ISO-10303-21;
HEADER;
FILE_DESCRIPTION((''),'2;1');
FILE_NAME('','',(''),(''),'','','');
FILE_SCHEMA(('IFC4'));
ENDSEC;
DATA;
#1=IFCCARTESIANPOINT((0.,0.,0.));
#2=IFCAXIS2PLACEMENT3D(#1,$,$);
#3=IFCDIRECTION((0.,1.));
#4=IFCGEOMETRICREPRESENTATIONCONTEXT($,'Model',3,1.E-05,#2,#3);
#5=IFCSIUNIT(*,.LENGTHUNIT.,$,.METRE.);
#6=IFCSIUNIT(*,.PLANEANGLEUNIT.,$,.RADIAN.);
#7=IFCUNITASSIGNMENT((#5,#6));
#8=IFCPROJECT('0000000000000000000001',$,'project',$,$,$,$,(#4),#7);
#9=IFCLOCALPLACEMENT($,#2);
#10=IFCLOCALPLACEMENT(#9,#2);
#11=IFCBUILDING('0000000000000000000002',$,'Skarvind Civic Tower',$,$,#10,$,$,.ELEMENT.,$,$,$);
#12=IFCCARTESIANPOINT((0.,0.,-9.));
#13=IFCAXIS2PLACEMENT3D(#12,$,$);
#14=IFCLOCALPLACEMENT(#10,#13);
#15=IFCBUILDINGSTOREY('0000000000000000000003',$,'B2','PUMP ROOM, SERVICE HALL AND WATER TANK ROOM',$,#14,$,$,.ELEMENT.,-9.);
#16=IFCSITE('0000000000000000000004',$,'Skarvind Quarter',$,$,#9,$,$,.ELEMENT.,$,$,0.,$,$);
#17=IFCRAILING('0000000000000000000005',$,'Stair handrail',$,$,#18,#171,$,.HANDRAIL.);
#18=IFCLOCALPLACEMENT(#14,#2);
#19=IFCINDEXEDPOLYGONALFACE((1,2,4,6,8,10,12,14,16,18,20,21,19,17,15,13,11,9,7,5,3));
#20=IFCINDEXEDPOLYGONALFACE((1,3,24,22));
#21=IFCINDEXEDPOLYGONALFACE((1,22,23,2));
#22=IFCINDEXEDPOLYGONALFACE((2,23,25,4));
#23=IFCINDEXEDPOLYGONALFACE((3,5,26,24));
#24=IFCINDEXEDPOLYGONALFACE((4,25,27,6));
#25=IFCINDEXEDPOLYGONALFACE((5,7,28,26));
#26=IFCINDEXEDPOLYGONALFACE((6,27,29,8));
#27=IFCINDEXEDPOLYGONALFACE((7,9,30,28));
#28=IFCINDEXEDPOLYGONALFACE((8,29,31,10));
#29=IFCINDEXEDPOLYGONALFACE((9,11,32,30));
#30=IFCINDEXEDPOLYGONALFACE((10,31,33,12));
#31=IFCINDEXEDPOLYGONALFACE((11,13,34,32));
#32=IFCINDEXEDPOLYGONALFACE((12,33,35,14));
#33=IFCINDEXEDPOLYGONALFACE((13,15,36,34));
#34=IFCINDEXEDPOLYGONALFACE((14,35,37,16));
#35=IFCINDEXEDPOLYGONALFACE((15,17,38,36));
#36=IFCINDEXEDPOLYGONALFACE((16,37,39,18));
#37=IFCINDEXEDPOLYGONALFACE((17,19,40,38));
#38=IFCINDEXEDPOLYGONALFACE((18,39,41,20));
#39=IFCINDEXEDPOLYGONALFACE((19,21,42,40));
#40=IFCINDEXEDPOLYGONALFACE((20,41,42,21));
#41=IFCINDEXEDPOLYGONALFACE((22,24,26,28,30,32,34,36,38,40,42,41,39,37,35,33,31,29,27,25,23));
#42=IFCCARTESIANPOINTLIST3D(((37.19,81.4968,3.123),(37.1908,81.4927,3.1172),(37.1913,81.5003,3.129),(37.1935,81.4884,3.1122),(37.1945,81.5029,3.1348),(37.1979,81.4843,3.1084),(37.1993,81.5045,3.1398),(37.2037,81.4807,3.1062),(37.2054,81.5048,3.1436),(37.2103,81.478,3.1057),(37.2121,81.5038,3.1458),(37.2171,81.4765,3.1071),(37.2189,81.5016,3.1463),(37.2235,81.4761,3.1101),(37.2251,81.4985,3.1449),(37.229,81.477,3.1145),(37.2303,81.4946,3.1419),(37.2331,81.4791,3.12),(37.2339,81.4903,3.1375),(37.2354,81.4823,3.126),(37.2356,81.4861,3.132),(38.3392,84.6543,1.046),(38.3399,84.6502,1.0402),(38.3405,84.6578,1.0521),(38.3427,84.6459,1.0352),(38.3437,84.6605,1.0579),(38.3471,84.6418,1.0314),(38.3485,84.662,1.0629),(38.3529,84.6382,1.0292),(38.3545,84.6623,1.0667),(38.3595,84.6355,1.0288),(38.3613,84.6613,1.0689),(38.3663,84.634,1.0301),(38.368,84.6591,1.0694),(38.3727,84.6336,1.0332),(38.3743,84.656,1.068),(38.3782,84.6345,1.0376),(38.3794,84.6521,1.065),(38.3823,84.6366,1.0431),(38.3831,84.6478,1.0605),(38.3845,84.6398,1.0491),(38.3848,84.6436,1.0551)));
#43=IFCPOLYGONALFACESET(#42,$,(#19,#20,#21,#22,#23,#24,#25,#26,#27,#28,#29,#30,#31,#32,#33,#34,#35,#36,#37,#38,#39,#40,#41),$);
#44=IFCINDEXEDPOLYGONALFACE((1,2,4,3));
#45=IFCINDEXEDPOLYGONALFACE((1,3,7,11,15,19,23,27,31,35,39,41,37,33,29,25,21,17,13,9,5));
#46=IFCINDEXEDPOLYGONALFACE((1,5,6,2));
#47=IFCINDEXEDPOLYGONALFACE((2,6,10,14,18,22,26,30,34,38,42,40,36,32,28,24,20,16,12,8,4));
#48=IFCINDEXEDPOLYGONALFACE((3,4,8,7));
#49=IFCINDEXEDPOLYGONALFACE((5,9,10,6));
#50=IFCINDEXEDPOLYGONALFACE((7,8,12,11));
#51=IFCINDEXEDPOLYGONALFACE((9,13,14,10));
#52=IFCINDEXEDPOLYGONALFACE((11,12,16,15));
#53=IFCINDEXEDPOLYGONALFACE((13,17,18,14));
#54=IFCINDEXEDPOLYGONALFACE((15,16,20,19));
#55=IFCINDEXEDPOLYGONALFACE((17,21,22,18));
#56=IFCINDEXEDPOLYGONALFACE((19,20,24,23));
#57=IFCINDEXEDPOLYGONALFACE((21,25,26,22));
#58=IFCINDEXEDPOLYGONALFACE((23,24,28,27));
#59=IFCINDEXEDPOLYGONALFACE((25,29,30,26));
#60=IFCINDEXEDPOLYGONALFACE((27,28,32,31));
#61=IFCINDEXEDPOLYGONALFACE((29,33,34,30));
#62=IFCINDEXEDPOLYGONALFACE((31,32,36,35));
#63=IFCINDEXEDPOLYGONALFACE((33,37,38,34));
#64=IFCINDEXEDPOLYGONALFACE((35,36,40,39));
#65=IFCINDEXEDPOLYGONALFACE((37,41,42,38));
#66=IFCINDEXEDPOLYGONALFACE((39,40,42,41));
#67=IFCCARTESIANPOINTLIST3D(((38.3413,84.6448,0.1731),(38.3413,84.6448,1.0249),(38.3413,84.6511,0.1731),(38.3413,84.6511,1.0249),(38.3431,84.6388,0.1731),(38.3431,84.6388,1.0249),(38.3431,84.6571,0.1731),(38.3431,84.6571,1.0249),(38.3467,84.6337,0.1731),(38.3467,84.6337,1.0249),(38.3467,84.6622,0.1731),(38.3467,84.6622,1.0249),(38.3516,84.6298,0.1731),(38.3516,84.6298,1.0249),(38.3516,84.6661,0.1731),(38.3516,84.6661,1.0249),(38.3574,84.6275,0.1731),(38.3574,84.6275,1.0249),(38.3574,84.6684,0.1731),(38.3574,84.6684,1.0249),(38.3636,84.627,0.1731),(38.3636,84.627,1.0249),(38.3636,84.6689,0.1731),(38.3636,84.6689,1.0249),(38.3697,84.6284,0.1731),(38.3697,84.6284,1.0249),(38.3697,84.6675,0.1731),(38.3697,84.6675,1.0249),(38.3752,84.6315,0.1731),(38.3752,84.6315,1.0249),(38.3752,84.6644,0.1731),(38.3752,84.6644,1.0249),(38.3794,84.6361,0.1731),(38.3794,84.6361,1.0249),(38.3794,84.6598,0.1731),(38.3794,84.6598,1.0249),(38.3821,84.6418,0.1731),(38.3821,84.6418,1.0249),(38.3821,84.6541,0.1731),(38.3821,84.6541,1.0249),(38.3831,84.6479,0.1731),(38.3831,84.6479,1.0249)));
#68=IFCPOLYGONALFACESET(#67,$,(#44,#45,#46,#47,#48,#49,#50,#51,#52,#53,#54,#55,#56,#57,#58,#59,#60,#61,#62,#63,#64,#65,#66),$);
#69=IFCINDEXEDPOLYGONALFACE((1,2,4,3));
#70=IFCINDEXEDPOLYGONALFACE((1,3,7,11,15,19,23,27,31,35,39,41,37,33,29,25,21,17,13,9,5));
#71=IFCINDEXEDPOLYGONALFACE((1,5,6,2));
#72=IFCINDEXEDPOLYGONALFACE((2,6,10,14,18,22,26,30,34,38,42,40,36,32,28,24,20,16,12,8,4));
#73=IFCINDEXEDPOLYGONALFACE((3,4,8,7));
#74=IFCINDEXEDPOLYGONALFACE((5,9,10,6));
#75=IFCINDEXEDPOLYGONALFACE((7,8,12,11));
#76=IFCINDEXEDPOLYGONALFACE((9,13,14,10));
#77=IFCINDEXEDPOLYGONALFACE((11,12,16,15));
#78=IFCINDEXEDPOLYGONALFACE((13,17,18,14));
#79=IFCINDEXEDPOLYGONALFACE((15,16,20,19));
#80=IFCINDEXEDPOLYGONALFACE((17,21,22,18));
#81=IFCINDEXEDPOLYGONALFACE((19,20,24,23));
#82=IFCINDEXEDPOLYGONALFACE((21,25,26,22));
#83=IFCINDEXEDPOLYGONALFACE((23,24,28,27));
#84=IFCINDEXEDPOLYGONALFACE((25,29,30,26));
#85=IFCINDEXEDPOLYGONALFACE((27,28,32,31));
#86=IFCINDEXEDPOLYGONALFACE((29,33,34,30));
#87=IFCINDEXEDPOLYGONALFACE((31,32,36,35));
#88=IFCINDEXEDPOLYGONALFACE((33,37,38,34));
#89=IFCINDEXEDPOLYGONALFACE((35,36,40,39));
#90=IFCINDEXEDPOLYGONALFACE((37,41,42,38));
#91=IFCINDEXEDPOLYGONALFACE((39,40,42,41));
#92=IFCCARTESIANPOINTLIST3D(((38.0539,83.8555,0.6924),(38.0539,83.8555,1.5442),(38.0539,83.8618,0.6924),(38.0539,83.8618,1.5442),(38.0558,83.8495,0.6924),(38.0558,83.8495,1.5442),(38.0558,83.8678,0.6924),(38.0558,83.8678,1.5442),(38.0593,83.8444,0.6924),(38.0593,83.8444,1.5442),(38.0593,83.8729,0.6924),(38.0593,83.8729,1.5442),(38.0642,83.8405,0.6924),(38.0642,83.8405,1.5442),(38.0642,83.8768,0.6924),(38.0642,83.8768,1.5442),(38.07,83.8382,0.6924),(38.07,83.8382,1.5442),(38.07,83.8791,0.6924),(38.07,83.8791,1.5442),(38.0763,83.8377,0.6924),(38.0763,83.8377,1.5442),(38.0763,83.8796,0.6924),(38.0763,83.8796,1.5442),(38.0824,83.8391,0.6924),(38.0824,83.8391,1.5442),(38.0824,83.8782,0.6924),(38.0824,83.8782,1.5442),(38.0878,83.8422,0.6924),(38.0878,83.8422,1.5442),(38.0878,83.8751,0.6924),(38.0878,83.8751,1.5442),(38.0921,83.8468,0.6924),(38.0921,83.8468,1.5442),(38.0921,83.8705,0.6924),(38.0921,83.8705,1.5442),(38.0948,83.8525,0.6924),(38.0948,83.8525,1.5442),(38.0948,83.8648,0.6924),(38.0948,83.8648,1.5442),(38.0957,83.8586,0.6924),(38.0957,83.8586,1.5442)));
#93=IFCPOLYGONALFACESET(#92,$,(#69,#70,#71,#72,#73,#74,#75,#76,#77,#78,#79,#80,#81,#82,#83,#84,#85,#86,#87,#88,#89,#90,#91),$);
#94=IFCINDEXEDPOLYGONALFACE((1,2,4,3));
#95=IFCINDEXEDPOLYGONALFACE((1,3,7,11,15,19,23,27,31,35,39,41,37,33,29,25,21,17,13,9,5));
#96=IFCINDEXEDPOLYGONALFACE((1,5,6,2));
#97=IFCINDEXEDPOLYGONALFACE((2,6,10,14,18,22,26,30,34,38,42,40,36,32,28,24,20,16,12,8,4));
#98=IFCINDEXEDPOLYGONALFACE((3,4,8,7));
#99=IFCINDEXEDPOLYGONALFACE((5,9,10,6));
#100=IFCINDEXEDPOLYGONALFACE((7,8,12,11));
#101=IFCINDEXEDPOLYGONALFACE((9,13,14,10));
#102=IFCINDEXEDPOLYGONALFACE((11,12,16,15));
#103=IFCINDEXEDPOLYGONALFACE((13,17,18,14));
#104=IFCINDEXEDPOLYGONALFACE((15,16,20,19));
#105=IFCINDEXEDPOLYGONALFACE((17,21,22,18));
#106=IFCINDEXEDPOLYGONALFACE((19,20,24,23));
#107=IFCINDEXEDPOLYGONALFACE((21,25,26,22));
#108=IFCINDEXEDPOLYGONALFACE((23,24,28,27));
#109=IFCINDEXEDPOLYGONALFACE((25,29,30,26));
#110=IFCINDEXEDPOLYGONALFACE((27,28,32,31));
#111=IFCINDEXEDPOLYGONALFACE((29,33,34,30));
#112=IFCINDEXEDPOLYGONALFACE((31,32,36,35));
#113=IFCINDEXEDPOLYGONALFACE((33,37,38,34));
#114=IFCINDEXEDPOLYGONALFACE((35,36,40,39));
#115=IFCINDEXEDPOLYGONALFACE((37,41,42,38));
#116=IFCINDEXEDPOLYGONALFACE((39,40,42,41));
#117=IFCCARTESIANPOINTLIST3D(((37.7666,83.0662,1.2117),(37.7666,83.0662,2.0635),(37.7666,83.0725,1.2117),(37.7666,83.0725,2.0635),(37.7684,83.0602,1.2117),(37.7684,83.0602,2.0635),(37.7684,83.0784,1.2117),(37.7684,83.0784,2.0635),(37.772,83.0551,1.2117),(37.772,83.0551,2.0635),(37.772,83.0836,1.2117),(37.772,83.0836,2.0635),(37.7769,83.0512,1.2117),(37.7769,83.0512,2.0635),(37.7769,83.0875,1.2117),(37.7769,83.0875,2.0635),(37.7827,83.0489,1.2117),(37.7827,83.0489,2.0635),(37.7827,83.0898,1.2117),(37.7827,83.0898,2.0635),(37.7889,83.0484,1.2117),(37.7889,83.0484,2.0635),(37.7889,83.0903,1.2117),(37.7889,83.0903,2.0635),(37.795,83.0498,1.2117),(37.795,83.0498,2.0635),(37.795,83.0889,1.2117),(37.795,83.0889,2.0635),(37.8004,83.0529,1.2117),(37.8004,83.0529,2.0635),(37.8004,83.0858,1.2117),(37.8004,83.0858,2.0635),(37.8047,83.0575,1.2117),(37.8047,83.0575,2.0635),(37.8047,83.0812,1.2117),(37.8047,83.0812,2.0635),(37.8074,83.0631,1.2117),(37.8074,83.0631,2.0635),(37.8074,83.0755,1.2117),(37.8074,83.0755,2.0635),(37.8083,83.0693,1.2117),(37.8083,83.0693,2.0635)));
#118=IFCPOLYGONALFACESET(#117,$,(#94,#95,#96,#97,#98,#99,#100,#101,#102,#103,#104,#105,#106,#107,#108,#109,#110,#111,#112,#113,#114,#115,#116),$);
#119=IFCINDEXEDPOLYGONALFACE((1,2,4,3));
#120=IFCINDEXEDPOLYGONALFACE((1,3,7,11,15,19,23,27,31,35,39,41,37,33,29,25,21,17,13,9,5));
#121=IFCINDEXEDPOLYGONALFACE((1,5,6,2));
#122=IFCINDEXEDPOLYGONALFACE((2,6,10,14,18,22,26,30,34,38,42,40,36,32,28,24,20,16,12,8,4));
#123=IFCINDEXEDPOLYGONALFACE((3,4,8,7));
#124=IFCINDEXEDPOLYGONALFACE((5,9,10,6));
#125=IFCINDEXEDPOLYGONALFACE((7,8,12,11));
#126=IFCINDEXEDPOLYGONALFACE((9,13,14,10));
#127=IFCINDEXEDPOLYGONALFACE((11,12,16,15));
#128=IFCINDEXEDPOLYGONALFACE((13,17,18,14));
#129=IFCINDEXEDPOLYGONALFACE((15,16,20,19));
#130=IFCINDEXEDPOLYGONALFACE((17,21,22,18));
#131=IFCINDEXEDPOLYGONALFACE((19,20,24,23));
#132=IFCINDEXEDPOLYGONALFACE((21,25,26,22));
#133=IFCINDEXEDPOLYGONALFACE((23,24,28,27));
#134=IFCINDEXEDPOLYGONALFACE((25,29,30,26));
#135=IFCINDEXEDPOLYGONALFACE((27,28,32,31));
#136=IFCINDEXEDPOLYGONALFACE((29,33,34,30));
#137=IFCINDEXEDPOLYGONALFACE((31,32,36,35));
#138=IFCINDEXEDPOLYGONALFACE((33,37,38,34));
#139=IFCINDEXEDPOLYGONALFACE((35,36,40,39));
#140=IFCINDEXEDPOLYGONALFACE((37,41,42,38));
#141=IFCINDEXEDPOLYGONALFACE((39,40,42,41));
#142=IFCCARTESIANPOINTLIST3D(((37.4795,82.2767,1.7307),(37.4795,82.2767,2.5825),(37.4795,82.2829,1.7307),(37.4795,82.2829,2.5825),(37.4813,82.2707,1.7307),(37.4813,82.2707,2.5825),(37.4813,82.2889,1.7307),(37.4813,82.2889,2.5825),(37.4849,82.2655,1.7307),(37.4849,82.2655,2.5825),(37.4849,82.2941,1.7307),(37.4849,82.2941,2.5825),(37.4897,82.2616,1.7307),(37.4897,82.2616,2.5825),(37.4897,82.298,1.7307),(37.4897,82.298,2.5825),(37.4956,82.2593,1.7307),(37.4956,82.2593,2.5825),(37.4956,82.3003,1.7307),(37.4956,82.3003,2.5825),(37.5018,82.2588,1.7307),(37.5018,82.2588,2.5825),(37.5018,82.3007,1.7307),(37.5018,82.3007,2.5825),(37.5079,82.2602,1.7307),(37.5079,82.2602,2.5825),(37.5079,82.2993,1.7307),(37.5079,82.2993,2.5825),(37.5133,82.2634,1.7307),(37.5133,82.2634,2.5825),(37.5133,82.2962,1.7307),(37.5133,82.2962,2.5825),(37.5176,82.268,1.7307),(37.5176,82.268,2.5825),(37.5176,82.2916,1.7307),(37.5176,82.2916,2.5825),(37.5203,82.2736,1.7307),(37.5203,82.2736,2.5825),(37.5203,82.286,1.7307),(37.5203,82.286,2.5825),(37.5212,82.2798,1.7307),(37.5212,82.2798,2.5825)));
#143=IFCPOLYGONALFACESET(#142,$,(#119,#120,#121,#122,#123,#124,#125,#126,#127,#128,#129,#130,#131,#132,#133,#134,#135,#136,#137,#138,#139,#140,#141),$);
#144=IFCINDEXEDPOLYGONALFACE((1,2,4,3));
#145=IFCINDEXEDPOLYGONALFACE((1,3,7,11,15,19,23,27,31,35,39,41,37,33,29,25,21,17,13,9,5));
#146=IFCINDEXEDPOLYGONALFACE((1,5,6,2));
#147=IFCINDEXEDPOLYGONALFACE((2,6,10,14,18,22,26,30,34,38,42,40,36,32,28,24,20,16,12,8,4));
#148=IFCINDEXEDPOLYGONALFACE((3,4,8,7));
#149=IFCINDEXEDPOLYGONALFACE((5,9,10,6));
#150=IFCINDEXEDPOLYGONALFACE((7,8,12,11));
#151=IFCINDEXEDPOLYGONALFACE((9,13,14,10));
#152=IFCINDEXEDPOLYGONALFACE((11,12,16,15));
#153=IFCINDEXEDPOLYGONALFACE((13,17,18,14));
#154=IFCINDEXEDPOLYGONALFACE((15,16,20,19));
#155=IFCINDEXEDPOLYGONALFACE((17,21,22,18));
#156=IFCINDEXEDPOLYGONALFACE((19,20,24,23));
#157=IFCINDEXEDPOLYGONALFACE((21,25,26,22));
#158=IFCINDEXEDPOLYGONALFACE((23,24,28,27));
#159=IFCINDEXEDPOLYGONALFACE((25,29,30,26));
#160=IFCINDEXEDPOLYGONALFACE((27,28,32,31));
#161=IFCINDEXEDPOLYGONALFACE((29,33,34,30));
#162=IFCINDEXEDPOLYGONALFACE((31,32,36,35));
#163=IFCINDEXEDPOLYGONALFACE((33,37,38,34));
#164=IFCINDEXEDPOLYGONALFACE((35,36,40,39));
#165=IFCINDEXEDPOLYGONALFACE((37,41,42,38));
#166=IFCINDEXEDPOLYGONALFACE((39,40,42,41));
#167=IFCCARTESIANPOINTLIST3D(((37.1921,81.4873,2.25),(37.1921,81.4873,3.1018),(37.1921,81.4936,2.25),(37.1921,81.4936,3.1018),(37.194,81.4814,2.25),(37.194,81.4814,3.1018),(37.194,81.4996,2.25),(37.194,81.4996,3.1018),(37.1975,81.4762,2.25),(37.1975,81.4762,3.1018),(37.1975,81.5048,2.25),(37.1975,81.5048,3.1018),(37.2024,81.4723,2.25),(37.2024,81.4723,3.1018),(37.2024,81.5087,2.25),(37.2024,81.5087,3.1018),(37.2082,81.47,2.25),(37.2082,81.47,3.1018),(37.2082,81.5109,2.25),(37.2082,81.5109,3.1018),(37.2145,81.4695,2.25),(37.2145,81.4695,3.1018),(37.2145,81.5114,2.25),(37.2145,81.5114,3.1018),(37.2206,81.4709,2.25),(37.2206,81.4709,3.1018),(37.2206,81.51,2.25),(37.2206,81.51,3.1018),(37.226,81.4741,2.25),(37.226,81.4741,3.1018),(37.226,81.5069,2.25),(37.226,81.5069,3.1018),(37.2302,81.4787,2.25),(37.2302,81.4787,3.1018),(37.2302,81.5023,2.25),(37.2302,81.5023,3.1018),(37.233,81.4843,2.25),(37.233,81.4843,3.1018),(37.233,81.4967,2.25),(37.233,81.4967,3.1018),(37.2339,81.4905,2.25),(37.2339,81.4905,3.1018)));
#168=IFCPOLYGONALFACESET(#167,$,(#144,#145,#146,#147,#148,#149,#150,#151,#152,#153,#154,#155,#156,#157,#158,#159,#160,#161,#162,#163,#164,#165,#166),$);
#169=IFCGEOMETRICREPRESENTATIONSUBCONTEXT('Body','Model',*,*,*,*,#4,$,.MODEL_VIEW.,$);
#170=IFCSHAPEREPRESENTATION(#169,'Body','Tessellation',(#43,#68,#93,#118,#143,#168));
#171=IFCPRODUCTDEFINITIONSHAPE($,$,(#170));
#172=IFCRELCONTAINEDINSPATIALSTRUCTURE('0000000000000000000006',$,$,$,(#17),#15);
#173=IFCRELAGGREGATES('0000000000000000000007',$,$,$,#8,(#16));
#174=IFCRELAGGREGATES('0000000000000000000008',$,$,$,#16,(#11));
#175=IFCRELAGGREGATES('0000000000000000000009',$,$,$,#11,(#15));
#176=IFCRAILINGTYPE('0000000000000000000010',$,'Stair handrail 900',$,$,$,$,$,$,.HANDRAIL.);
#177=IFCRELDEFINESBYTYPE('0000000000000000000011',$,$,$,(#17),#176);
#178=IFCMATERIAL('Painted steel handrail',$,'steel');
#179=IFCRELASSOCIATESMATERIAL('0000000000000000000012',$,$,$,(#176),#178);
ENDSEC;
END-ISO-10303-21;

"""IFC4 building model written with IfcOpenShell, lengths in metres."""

from ifc_helpers import new_model, si_unit, direction, frame, origin, origin_2d, place, context, subcontext, project, spatial, circle, extrude, material, type_object, element, save


model = new_model("IFC4")

# Units and contexts
model_context = context("Model", 3, precision=1e-05, world=origin(), true_north=direction((0.0, 1.0)))
body_context = subcontext(model_context, "Body", "Model", "MODEL_VIEW")
ifc_project = project(units=[si_unit("LENGTHUNIT", "METRE"), si_unit("PLANEANGLEUNIT", "RADIAN")], contexts=[model_context])

# Site, building, storey
site_placement = place(None, origin())
site = spatial("IfcSite", under=ifc_project, at=site_placement, Name="Skarvind Quarter", CompositionType="ELEMENT", RefElevation=0.0)
building_placement = place(site_placement, origin())
building = spatial("IfcBuilding", under=site, at=building_placement, Name="Skarvind Civic Tower", CompositionType="ELEMENT")
storey_placement = place(building_placement, frame((0.0, 0.0, -9.0)))
storey = spatial("IfcBuildingStorey", under=building, at=storey_placement, Name="B2", Description="PUMP ROOM, SERVICE HALL AND WATER TANK ROOM", CompositionType="ELEMENT", Elevation=-9.0)

# Railing
ifc_material_1 = material(Name="Painted steel handrail", Category="steel")
railing_type = type_object("IfcRailingType", Name="Stair handrail 900", PredefinedType="HANDRAIL", material=ifc_material_1)
railing_1_placement = place(storey_placement, frame((38.3621, 84.6479, 0.1731)))
element("IfcRailing", 1, at=railing_1_placement, inside=storey, type_object=railing_type, Name="Stair handrail", PredefinedType="HANDRAIL", context=body_context, shape_type="SweptSolid", body=[
    extrude(circle(Radius=0.0239, at=origin_2d()), frame((0.0, 0.0, 0.876), z_axis=(-0.290917, -0.799328, 0.525778), x_axis=(0.939698, -0.342006, 0.0)), (0.0, 0.0, 1.0), 3.9502),
    extrude(circle(Radius=0.021, at=origin_2d()), origin(), (0.0, 0.0, 1.0), 0.8518),
    extrude(circle(Radius=0.021, at=origin_2d()), frame((-0.2874, -0.7893, 0.5193)), (0.0, 0.0, 1.0), 0.8518),
    extrude(circle(Radius=0.021, at=origin_2d()), frame((-0.5747, -1.5786, 1.0386)), (0.0, 0.0, 1.0), 0.8518),
    extrude(circle(Radius=0.021, at=origin_2d()), frame((-0.8618, -2.3682, 1.5576)), (0.0, 0.0, 1.0), 0.8518),
    extrude(circle(Radius=0.021, at=origin_2d()), frame((-1.1492, -3.1575, 2.0769)), (0.0, 0.0, 1.0), 0.8518),
])

save(model, "model.ifc")
